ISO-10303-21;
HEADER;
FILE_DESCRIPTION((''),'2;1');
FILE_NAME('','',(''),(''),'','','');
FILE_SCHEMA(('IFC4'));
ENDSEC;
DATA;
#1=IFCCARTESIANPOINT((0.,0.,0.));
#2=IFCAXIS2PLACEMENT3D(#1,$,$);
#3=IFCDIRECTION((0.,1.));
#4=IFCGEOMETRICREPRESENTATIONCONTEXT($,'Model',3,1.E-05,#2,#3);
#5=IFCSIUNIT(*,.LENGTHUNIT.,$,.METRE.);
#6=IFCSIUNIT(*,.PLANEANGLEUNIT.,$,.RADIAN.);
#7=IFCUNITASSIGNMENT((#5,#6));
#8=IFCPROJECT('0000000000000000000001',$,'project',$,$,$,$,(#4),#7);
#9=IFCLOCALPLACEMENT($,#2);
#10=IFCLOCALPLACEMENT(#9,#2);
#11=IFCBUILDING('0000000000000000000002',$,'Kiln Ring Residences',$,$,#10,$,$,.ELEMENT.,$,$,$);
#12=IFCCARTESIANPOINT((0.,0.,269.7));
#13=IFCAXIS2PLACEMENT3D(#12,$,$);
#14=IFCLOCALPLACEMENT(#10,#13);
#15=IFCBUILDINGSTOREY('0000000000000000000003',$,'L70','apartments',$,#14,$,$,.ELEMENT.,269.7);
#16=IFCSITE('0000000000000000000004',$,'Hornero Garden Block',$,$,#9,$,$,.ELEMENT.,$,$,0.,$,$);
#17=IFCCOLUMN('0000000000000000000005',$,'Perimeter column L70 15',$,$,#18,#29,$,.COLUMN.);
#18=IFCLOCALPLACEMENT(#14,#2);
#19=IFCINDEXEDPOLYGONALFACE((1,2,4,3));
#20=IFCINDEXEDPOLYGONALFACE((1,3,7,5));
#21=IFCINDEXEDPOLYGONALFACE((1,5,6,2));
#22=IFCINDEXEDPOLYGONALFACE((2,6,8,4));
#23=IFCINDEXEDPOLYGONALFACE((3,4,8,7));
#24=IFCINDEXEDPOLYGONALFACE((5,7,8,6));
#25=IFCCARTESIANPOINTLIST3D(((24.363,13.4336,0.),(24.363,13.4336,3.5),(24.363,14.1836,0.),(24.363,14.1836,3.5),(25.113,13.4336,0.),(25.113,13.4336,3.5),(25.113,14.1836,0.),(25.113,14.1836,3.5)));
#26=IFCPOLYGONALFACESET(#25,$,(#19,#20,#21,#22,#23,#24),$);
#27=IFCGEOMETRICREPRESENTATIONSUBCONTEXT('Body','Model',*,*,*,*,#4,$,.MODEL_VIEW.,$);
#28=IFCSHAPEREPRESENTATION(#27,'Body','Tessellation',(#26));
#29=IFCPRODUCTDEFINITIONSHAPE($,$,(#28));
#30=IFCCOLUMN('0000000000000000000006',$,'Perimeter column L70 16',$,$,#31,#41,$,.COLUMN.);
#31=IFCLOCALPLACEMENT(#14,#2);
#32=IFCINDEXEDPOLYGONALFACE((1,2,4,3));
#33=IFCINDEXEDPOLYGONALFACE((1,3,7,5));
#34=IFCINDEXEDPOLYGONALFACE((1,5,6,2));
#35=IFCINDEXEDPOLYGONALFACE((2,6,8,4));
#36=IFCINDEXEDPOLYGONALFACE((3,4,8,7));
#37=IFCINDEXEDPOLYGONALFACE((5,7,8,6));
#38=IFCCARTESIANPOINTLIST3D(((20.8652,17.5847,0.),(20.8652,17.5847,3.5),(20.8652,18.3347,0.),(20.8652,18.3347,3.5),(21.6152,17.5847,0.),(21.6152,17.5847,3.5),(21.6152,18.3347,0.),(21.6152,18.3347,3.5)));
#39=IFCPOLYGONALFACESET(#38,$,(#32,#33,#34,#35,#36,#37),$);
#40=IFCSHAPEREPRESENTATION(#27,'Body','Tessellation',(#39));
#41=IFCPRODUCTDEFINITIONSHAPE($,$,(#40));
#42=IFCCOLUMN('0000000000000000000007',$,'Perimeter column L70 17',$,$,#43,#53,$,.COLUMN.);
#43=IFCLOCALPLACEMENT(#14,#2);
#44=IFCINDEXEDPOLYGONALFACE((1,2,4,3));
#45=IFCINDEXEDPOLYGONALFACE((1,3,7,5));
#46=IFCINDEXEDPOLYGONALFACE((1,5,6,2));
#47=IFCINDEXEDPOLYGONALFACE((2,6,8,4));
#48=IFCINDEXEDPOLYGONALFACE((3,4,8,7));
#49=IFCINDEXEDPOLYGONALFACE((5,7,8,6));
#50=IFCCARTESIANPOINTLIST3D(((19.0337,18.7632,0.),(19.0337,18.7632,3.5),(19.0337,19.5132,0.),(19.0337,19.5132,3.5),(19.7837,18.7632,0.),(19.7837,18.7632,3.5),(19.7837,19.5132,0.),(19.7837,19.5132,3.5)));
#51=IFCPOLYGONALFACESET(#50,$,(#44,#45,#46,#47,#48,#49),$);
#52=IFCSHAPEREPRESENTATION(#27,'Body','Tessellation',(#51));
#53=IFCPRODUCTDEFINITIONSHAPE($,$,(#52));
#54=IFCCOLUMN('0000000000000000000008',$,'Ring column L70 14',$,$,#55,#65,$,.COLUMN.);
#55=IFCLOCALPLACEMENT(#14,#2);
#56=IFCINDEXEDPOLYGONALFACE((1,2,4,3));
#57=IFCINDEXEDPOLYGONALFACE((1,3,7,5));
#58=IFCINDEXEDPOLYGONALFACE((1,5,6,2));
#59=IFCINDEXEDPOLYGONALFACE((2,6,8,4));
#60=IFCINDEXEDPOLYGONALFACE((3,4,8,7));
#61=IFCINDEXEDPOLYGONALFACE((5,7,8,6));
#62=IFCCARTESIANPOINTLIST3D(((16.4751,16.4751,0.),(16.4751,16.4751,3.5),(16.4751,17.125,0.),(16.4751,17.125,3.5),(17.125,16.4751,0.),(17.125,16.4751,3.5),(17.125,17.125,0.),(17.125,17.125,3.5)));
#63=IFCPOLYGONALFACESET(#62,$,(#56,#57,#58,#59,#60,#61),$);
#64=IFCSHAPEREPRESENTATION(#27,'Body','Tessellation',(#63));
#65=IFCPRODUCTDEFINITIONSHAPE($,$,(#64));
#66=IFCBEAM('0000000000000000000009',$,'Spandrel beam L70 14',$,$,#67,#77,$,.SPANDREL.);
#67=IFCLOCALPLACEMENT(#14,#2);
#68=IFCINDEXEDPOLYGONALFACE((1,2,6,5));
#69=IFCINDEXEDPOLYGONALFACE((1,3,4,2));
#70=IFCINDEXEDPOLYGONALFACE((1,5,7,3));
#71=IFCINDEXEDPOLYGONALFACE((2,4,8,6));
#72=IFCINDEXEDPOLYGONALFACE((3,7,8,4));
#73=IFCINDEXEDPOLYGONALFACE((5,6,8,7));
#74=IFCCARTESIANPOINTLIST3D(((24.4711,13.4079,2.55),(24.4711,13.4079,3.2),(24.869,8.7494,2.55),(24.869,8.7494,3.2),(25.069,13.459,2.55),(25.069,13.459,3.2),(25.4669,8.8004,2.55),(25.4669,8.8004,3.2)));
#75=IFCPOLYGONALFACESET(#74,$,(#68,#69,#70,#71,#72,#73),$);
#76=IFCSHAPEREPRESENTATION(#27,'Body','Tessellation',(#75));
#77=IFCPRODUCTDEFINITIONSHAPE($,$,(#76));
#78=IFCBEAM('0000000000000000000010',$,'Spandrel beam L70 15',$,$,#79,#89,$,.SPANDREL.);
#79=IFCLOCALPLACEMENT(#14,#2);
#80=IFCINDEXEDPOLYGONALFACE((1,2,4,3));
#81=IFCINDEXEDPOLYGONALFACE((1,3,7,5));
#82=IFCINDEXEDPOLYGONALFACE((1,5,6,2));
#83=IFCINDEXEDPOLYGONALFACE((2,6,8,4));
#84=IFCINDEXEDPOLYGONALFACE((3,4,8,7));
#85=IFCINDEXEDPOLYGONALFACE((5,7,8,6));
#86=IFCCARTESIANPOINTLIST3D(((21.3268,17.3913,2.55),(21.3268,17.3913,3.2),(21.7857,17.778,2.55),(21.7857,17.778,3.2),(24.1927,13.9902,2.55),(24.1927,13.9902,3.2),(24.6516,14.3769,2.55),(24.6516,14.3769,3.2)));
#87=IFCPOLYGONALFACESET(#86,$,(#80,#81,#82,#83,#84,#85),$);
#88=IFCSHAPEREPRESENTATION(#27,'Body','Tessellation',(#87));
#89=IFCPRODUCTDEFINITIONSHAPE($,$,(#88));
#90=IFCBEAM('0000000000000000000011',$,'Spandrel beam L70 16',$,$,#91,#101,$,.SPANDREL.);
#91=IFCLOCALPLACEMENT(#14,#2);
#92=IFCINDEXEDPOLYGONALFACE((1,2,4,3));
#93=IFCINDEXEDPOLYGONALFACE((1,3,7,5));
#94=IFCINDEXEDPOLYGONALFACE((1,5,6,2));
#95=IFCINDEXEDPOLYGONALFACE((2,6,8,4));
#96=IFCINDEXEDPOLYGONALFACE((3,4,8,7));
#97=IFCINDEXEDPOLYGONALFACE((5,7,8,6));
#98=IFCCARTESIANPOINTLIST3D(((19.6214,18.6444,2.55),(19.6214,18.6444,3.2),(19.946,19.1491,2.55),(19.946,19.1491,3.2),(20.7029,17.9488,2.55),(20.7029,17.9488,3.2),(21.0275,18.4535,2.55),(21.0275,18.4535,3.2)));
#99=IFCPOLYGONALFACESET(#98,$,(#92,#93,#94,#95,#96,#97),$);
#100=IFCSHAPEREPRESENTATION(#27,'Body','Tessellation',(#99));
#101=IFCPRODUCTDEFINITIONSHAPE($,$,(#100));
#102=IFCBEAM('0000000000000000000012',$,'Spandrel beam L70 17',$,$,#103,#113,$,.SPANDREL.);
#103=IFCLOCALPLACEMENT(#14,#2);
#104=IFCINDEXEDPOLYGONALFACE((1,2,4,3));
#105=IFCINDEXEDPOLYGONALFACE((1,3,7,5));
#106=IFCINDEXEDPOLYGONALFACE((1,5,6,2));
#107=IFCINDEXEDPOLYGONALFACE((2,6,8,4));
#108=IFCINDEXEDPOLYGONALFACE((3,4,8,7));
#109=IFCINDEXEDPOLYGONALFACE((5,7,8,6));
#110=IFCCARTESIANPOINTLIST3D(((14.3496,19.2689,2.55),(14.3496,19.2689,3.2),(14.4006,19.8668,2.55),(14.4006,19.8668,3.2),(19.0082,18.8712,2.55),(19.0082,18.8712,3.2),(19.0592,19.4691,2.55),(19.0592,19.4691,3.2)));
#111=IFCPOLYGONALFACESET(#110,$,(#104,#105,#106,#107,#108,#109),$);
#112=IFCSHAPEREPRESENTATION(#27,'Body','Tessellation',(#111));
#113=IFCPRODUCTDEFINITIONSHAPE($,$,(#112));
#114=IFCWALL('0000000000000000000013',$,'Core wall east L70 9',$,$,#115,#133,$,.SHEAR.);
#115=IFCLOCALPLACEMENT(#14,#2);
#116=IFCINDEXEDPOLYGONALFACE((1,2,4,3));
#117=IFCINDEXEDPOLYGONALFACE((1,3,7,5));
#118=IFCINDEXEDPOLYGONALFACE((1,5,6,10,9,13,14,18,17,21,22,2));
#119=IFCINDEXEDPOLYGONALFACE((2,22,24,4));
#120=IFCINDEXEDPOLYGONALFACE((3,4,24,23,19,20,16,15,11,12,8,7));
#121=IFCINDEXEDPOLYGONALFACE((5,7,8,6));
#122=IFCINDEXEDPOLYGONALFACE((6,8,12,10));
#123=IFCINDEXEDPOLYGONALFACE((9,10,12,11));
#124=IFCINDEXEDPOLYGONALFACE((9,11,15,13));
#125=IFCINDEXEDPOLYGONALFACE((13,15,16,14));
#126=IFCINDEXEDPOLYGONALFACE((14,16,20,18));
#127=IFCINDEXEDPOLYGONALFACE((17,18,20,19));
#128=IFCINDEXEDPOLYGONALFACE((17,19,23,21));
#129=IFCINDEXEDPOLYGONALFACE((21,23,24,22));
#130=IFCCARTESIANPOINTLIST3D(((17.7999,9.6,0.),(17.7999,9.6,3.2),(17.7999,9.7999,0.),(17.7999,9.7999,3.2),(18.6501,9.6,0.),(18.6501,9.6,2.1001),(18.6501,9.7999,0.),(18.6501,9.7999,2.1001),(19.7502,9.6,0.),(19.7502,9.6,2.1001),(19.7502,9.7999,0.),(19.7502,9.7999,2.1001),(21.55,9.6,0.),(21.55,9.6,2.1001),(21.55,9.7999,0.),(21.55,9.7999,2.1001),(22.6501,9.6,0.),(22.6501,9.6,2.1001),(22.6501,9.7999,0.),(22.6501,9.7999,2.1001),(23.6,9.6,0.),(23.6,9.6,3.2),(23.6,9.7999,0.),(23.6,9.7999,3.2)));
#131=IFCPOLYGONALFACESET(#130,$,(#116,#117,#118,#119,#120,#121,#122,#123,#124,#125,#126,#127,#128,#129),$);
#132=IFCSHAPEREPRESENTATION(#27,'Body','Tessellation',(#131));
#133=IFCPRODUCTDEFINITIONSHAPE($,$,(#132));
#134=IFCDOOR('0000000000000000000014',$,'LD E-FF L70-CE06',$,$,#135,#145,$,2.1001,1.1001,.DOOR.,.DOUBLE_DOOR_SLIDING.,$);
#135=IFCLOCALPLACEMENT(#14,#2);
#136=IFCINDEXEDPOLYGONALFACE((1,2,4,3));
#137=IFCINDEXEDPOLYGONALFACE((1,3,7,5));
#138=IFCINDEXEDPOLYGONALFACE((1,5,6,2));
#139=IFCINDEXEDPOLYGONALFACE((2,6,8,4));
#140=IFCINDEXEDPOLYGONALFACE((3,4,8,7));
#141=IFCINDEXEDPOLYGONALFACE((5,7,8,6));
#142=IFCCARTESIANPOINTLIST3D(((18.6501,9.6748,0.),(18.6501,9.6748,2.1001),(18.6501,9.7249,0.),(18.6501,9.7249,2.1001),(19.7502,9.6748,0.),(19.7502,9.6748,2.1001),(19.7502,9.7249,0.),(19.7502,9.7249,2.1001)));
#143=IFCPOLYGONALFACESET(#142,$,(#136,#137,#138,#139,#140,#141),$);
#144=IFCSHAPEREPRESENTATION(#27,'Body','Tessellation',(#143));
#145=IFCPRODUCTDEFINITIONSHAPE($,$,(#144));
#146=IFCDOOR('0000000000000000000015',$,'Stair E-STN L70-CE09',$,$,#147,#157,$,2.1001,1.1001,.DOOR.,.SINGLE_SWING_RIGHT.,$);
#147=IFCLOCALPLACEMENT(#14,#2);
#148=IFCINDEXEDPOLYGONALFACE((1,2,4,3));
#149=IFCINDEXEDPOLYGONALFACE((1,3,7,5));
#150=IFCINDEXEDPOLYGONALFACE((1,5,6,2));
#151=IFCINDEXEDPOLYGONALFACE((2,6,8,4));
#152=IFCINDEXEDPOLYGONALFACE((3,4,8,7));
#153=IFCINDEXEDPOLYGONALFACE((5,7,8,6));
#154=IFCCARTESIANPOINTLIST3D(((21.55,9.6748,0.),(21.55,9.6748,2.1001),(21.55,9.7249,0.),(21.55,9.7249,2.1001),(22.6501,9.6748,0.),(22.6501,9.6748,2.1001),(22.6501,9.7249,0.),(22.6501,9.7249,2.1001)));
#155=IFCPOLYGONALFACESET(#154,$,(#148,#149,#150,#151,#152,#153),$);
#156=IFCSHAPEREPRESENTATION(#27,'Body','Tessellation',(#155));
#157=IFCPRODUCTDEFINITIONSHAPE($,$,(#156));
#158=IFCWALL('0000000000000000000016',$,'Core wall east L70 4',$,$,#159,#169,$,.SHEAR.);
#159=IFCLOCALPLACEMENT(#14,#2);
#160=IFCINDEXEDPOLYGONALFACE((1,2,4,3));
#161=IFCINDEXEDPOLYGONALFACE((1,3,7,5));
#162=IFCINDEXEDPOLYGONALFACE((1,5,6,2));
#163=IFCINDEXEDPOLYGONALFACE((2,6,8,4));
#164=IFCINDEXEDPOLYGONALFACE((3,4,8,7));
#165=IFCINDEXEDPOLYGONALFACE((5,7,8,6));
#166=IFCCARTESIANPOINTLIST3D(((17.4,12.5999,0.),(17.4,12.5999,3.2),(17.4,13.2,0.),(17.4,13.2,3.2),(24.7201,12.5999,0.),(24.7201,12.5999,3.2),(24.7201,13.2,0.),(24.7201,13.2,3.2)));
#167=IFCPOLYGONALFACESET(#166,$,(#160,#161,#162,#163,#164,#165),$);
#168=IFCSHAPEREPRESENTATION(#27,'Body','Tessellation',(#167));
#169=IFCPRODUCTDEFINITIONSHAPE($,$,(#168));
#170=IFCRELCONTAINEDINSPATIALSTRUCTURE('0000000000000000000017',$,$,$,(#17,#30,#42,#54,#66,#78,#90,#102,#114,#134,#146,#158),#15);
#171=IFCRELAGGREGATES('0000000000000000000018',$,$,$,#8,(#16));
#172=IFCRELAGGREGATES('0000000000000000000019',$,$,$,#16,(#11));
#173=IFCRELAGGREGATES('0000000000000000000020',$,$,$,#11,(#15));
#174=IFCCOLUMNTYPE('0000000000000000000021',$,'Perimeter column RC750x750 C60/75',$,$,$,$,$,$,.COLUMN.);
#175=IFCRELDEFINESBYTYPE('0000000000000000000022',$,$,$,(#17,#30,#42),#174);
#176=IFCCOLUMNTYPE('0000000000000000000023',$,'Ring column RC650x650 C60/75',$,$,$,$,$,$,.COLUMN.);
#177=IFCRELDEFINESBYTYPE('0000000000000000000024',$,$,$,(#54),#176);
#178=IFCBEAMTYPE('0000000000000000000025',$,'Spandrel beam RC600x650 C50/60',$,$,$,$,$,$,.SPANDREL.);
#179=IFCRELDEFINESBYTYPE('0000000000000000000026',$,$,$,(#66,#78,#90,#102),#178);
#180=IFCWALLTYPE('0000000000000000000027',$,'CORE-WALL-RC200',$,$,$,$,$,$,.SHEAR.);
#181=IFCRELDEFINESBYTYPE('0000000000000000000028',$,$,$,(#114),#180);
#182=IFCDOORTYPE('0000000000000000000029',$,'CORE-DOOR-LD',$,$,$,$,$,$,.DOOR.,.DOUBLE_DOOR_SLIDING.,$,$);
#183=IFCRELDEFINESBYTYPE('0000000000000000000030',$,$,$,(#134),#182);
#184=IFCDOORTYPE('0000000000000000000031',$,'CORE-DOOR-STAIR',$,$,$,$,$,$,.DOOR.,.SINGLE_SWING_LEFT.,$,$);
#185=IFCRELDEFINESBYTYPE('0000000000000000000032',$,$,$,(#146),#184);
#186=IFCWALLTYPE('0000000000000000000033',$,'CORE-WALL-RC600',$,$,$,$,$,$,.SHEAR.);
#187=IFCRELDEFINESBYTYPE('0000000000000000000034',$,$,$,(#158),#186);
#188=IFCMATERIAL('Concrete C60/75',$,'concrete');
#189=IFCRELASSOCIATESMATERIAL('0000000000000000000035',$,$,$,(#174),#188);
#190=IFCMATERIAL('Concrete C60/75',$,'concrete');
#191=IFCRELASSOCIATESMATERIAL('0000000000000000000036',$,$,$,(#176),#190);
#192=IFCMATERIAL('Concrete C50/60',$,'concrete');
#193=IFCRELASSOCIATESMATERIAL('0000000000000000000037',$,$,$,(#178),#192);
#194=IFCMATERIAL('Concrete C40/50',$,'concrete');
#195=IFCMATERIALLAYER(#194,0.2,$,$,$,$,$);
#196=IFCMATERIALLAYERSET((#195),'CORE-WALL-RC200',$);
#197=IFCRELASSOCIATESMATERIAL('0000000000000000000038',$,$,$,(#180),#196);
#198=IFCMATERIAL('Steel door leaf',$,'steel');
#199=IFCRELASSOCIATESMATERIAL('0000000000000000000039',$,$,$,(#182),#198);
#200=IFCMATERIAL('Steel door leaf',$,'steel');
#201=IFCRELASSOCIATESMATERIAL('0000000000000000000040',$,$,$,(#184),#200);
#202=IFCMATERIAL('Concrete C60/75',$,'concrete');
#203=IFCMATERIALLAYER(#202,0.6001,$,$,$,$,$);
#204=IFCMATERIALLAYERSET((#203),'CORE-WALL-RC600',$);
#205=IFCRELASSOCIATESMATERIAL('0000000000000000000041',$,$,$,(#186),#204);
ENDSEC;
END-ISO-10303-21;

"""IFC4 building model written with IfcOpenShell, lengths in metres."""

from ifc_helpers import new_model, si_unit, direction, frame, frame_2d, origin, origin_2d, place, context, subcontext, project, spatial, rectangle, extrude, material, layer, layer_set, material_profile, profile_set, type_object, element, fill, save


model = new_model("IFC4")

# Units and contexts
model_context = context("Model", 3, precision=1e-05, world=origin(), true_north=direction((0.0, 1.0)))
body_context = subcontext(model_context, "Body", "Model", "MODEL_VIEW")
ifc_project = project(units=[si_unit("LENGTHUNIT", "METRE"), si_unit("PLANEANGLEUNIT", "RADIAN")], contexts=[model_context])

# Site, building, storey
site_placement = place(None, origin())
site = spatial("IfcSite", under=ifc_project, at=site_placement, Name="Hornero Garden Block", CompositionType="ELEMENT", RefElevation=0.0)
building_placement = place(site_placement, origin())
building = spatial("IfcBuilding", under=site, at=building_placement, Name="Kiln Ring Residences", CompositionType="ELEMENT")
storey_placement = place(building_placement, frame((0.0, 0.0, 269.7)))
storey = spatial("IfcBuildingStorey", under=building, at=storey_placement, Name="L70", Description="apartments", CompositionType="ELEMENT", Elevation=269.7)

# Columns
ifc_material_1 = material(Name="Concrete C60/75", Category="concrete")
ifc_material_profile_1 = material_profile(ifc_material_1, rectangle(XDim=0.75, YDim=0.75, at=origin_2d()), Name="RC750x750")
ifc_profile_set_1 = profile_set([ifc_material_profile_1], Name="Concrete C60/75")
column_type_1 = type_object("IfcColumnType", Name="Perimeter column RC750x750 C60/75", PredefinedType="COLUMN", material=ifc_profile_set_1)
for number, where, z_axis, x_axis, name in (
    (1, (24.738, 13.8086, 0.0), (0.0, 0.0, 1.0), (1.0, 0.0, 0.0), "Perimeter column L70 15"),
    (2, (21.2402, 17.9597, 0.0), (0.0, 0.0, 1.0), (1.0, 0.0, 0.0), "Perimeter column L70 16"),
    (3, (19.4087, 19.1382, 0.0), (0.0, 0.0, 1.0), (1.0, 0.0, 0.0), "Perimeter column L70 17"),
):
    element("IfcColumn", number, at=place(storey_placement, frame(where, z_axis=z_axis, x_axis=x_axis)), inside=storey, type_object=column_type_1, Name=name, PredefinedType="COLUMN", context=body_context, shape_type="SweptSolid", body=[
        extrude(rectangle(XDim=0.75, YDim=0.75, at=origin_2d()), origin(), (0.0, 0.0, 1.0), 3.5),
    ])
ifc_material_2 = material(Name="Concrete C60/75", Category="concrete")
ifc_material_profile_2 = material_profile(ifc_material_2, rectangle(XDim=0.6499, YDim=0.6499, at=origin_2d()), Name="RC650x650")
ifc_profile_set_2 = profile_set([ifc_material_profile_2], Name="Concrete C60/75")
column_type_2 = type_object("IfcColumnType", Name="Ring column RC650x650 C60/75", PredefinedType="COLUMN", material=ifc_profile_set_2)
column_placement = place(storey_placement, frame((16.8, 16.8, 0.0), z_axis=(0.0, 0.0, 1.0), x_axis=(1.0, 0.0, 0.0)))
element("IfcColumn", 4, at=column_placement, inside=storey, type_object=column_type_2, Name="Ring column L70 14", PredefinedType="COLUMN", context=body_context, shape_type="SweptSolid", body=[
    extrude(rectangle(XDim=0.6499, YDim=0.6499, at=origin_2d()), origin(), (0.0, 0.0, 1.0), 3.5),
])

# Beams
ifc_material_3 = material(Name="Concrete C50/60", Category="concrete")
ifc_material_profile_3 = material_profile(ifc_material_3, rectangle(XDim=0.6001, YDim=0.6499, at=origin_2d()), Name="RC600x650")
ifc_profile_set_3 = profile_set([ifc_material_profile_3], Name="Concrete C50/60")
beam_type = type_object("IfcBeamType", Name="Spandrel beam RC600x650 C50/60", PredefinedType="SPANDREL", material=ifc_profile_set_3)
beam_1_placement = place(storey_placement, frame((25.168, 8.7749, 2.875), z_axis=(-0.085111, 0.996371, 0.0), x_axis=(-0.996371, -0.085111, 0.0)))
element("IfcBeam", 5, at=beam_1_placement, inside=storey, type_object=beam_type, Name="Spandrel beam L70 14", PredefinedType="SPANDREL", context=body_context, shape_type="SweptSolid", body=[
    extrude(rectangle(XDim=0.6001, YDim=0.6499, at=origin_2d()), origin(), (0.0, 0.0, 1.0), 4.6755),
])
beam_2_placement = place(storey_placement, frame((24.4221, 14.1836, 2.875), z_axis=(-0.644381, 0.764705, 0.0), x_axis=(-0.764705, -0.644381, 0.0)))
element("IfcBeam", 6, at=beam_2_placement, inside=storey, type_object=beam_type, Name="Spandrel beam L70 15", PredefinedType="SPANDREL", context=body_context, shape_type="SweptSolid", body=[
    extrude(rectangle(XDim=0.6001, YDim=0.6499, at=origin_2d()), origin(), (0.0, 0.0, 1.0), 4.4475),
])
beam_3_placement = place(storey_placement, frame((20.8652, 18.2012, 2.875), z_axis=(-0.84108, 0.540911, 0.0), x_axis=(-0.540911, -0.84108, 0.0)))
element("IfcBeam", 7, at=beam_3_placement, inside=storey, type_object=beam_type, Name="Spandrel beam L70 16", PredefinedType="SPANDREL", context=body_context, shape_type="SweptSolid", body=[
    extrude(rectangle(XDim=0.6001, YDim=0.6499, at=origin_2d()), origin(), (0.0, 0.0, 1.0), 1.2859),
])
beam_4_placement = place(storey_placement, frame((19.0337, 19.1702, 2.875), z_axis=(-0.996376, 0.085059, 0.0), x_axis=(-0.085059, -0.996376, 0.0)))
element("IfcBeam", 8, at=beam_4_placement, inside=storey, type_object=beam_type, Name="Spandrel beam L70 17", PredefinedType="SPANDREL", context=body_context, shape_type="SweptSolid", body=[
    extrude(rectangle(XDim=0.6001, YDim=0.6499, at=origin_2d()), origin(), (0.0, 0.0, 1.0), 4.6755),
])

# Wall, openings, doors
ifc_material_4 = material(Name="Concrete C40/50", Category="concrete")
ifc_layer_1 = layer(ifc_material_4, 0.2)
ifc_layer_set_1 = layer_set([ifc_layer_1], Name="CORE-WALL-RC200")
wall_type_1 = type_object("IfcWallType", Name="CORE-WALL-RC200", PredefinedType="SHEAR", material=ifc_layer_set_1)
wall_1_placement = place(storey_placement, frame((17.8, 9.7, 0.0), z_axis=(0.0, 0.0, 1.0), x_axis=(1.0, 0.0, 0.0)))
wall_1 = element("IfcWall", 9, at=wall_1_placement, inside=storey, type_object=wall_type_1, Name="Core wall east L70 9", PredefinedType="SHEAR", context=body_context, shape_type="SweptSolid", body=[
    extrude(rectangle(XDim=5.8, YDim=0.2, at=frame_2d((2.8999, 0.0))), origin(), (0.0, 0.0, 1.0), 3.2),
])
opening_1_placement = place(wall_1_placement, frame((0.8501, 0.0, 0.0)))
opening_1 = element("IfcOpeningElement", 10, at=opening_1_placement, cuts=wall_1, PredefinedType="OPENING", context=body_context, shape_type="SweptSolid", body=[
    extrude(rectangle(XDim=1.1001, YDim=2.1001, at=frame_2d((0.55, 1.05))), frame((0.0, 0.1099, 0.0), z_axis=(0.0, -1.0, 0.0), x_axis=(1.0, 0.0, 0.0)), (0.0, 0.0, 1.0), 0.22),
])
opening_2_placement = place(wall_1_placement, frame((3.75, 0.0, 0.0)))
opening_2 = element("IfcOpeningElement", 11, at=opening_2_placement, cuts=wall_1, PredefinedType="OPENING", context=body_context, shape_type="SweptSolid", body=[
    extrude(rectangle(XDim=1.1001, YDim=2.1001, at=frame_2d((0.55, 1.05))), frame((0.0, 0.1099, 0.0), z_axis=(0.0, -1.0, 0.0), x_axis=(1.0, 0.0, 0.0)), (0.0, 0.0, 1.0), 0.22),
])
ifc_material_5 = material(Name="Steel door leaf", Category="steel")
door_type_1 = type_object("IfcDoorType", Name="CORE-DOOR-LD", OperationType="DOUBLE_DOOR_SLIDING", PredefinedType="DOOR", material=ifc_material_5)
door_1_placement = place(opening_1_placement, origin())
door_1 = element("IfcDoor", 12, at=door_1_placement, inside=storey, type_object=door_type_1, Name="LD E-FF L70-CE06", OperationType="DOUBLE_DOOR_SLIDING", OverallHeight=2.1001, OverallWidth=1.1001, PredefinedType="DOOR", context=body_context, shape_type="SweptSolid", body=[
    extrude(rectangle(XDim=1.1001, YDim=2.1001, at=frame_2d((0.55, 1.05))), frame((0.0, 0.0249, 0.0), z_axis=(0.0, -1.0, 0.0), x_axis=(1.0, 0.0, 0.0)), (0.0, 0.0, 1.0), 0.05),
])
fill(opening_1, door_1)
ifc_material_6 = material(Name="Steel door leaf", Category="steel")
door_type_2 = type_object("IfcDoorType", Name="CORE-DOOR-STAIR", OperationType="SINGLE_SWING_LEFT", PredefinedType="DOOR", material=ifc_material_6)
door_2_placement = place(opening_2_placement, origin())
door_2 = element("IfcDoor", 13, at=door_2_placement, inside=storey, type_object=door_type_2, Name="Stair E-STN L70-CE09", OperationType="SINGLE_SWING_RIGHT", OverallHeight=2.1001, OverallWidth=1.1001, PredefinedType="DOOR", context=body_context, shape_type="SweptSolid", body=[
    extrude(rectangle(XDim=1.1001, YDim=2.1001, at=frame_2d((0.55, 1.05))), frame((0.0, 0.0249, 0.0), z_axis=(0.0, -1.0, 0.0), x_axis=(1.0, 0.0, 0.0)), (0.0, 0.0, 1.0), 0.05),
])
fill(opening_2, door_2)

# Wall
ifc_material_7 = material(Name="Concrete C60/75", Category="concrete")
ifc_layer_2 = layer(ifc_material_7, 0.6001)
ifc_layer_set_2 = layer_set([ifc_layer_2], Name="CORE-WALL-RC600")
wall_type_2 = type_object("IfcWallType", Name="CORE-WALL-RC600", PredefinedType="SHEAR", material=ifc_layer_set_2)
wall_2_placement = place(storey_placement, frame((17.3999, 12.8999, 0.0), z_axis=(0.0, 0.0, 1.0), x_axis=(1.0, 0.0, 0.0)))
element("IfcWall", 14, at=wall_2_placement, inside=storey, type_object=wall_type_2, Name="Core wall east L70 4", PredefinedType="SHEAR", context=body_context, shape_type="SweptSolid", body=[
    extrude(rectangle(XDim=7.3201, YDim=0.6001, at=frame_2d((3.6602, 0.0))), origin(), (0.0, 0.0, 1.0), 3.2),
])

save(model, "model.ifc")
